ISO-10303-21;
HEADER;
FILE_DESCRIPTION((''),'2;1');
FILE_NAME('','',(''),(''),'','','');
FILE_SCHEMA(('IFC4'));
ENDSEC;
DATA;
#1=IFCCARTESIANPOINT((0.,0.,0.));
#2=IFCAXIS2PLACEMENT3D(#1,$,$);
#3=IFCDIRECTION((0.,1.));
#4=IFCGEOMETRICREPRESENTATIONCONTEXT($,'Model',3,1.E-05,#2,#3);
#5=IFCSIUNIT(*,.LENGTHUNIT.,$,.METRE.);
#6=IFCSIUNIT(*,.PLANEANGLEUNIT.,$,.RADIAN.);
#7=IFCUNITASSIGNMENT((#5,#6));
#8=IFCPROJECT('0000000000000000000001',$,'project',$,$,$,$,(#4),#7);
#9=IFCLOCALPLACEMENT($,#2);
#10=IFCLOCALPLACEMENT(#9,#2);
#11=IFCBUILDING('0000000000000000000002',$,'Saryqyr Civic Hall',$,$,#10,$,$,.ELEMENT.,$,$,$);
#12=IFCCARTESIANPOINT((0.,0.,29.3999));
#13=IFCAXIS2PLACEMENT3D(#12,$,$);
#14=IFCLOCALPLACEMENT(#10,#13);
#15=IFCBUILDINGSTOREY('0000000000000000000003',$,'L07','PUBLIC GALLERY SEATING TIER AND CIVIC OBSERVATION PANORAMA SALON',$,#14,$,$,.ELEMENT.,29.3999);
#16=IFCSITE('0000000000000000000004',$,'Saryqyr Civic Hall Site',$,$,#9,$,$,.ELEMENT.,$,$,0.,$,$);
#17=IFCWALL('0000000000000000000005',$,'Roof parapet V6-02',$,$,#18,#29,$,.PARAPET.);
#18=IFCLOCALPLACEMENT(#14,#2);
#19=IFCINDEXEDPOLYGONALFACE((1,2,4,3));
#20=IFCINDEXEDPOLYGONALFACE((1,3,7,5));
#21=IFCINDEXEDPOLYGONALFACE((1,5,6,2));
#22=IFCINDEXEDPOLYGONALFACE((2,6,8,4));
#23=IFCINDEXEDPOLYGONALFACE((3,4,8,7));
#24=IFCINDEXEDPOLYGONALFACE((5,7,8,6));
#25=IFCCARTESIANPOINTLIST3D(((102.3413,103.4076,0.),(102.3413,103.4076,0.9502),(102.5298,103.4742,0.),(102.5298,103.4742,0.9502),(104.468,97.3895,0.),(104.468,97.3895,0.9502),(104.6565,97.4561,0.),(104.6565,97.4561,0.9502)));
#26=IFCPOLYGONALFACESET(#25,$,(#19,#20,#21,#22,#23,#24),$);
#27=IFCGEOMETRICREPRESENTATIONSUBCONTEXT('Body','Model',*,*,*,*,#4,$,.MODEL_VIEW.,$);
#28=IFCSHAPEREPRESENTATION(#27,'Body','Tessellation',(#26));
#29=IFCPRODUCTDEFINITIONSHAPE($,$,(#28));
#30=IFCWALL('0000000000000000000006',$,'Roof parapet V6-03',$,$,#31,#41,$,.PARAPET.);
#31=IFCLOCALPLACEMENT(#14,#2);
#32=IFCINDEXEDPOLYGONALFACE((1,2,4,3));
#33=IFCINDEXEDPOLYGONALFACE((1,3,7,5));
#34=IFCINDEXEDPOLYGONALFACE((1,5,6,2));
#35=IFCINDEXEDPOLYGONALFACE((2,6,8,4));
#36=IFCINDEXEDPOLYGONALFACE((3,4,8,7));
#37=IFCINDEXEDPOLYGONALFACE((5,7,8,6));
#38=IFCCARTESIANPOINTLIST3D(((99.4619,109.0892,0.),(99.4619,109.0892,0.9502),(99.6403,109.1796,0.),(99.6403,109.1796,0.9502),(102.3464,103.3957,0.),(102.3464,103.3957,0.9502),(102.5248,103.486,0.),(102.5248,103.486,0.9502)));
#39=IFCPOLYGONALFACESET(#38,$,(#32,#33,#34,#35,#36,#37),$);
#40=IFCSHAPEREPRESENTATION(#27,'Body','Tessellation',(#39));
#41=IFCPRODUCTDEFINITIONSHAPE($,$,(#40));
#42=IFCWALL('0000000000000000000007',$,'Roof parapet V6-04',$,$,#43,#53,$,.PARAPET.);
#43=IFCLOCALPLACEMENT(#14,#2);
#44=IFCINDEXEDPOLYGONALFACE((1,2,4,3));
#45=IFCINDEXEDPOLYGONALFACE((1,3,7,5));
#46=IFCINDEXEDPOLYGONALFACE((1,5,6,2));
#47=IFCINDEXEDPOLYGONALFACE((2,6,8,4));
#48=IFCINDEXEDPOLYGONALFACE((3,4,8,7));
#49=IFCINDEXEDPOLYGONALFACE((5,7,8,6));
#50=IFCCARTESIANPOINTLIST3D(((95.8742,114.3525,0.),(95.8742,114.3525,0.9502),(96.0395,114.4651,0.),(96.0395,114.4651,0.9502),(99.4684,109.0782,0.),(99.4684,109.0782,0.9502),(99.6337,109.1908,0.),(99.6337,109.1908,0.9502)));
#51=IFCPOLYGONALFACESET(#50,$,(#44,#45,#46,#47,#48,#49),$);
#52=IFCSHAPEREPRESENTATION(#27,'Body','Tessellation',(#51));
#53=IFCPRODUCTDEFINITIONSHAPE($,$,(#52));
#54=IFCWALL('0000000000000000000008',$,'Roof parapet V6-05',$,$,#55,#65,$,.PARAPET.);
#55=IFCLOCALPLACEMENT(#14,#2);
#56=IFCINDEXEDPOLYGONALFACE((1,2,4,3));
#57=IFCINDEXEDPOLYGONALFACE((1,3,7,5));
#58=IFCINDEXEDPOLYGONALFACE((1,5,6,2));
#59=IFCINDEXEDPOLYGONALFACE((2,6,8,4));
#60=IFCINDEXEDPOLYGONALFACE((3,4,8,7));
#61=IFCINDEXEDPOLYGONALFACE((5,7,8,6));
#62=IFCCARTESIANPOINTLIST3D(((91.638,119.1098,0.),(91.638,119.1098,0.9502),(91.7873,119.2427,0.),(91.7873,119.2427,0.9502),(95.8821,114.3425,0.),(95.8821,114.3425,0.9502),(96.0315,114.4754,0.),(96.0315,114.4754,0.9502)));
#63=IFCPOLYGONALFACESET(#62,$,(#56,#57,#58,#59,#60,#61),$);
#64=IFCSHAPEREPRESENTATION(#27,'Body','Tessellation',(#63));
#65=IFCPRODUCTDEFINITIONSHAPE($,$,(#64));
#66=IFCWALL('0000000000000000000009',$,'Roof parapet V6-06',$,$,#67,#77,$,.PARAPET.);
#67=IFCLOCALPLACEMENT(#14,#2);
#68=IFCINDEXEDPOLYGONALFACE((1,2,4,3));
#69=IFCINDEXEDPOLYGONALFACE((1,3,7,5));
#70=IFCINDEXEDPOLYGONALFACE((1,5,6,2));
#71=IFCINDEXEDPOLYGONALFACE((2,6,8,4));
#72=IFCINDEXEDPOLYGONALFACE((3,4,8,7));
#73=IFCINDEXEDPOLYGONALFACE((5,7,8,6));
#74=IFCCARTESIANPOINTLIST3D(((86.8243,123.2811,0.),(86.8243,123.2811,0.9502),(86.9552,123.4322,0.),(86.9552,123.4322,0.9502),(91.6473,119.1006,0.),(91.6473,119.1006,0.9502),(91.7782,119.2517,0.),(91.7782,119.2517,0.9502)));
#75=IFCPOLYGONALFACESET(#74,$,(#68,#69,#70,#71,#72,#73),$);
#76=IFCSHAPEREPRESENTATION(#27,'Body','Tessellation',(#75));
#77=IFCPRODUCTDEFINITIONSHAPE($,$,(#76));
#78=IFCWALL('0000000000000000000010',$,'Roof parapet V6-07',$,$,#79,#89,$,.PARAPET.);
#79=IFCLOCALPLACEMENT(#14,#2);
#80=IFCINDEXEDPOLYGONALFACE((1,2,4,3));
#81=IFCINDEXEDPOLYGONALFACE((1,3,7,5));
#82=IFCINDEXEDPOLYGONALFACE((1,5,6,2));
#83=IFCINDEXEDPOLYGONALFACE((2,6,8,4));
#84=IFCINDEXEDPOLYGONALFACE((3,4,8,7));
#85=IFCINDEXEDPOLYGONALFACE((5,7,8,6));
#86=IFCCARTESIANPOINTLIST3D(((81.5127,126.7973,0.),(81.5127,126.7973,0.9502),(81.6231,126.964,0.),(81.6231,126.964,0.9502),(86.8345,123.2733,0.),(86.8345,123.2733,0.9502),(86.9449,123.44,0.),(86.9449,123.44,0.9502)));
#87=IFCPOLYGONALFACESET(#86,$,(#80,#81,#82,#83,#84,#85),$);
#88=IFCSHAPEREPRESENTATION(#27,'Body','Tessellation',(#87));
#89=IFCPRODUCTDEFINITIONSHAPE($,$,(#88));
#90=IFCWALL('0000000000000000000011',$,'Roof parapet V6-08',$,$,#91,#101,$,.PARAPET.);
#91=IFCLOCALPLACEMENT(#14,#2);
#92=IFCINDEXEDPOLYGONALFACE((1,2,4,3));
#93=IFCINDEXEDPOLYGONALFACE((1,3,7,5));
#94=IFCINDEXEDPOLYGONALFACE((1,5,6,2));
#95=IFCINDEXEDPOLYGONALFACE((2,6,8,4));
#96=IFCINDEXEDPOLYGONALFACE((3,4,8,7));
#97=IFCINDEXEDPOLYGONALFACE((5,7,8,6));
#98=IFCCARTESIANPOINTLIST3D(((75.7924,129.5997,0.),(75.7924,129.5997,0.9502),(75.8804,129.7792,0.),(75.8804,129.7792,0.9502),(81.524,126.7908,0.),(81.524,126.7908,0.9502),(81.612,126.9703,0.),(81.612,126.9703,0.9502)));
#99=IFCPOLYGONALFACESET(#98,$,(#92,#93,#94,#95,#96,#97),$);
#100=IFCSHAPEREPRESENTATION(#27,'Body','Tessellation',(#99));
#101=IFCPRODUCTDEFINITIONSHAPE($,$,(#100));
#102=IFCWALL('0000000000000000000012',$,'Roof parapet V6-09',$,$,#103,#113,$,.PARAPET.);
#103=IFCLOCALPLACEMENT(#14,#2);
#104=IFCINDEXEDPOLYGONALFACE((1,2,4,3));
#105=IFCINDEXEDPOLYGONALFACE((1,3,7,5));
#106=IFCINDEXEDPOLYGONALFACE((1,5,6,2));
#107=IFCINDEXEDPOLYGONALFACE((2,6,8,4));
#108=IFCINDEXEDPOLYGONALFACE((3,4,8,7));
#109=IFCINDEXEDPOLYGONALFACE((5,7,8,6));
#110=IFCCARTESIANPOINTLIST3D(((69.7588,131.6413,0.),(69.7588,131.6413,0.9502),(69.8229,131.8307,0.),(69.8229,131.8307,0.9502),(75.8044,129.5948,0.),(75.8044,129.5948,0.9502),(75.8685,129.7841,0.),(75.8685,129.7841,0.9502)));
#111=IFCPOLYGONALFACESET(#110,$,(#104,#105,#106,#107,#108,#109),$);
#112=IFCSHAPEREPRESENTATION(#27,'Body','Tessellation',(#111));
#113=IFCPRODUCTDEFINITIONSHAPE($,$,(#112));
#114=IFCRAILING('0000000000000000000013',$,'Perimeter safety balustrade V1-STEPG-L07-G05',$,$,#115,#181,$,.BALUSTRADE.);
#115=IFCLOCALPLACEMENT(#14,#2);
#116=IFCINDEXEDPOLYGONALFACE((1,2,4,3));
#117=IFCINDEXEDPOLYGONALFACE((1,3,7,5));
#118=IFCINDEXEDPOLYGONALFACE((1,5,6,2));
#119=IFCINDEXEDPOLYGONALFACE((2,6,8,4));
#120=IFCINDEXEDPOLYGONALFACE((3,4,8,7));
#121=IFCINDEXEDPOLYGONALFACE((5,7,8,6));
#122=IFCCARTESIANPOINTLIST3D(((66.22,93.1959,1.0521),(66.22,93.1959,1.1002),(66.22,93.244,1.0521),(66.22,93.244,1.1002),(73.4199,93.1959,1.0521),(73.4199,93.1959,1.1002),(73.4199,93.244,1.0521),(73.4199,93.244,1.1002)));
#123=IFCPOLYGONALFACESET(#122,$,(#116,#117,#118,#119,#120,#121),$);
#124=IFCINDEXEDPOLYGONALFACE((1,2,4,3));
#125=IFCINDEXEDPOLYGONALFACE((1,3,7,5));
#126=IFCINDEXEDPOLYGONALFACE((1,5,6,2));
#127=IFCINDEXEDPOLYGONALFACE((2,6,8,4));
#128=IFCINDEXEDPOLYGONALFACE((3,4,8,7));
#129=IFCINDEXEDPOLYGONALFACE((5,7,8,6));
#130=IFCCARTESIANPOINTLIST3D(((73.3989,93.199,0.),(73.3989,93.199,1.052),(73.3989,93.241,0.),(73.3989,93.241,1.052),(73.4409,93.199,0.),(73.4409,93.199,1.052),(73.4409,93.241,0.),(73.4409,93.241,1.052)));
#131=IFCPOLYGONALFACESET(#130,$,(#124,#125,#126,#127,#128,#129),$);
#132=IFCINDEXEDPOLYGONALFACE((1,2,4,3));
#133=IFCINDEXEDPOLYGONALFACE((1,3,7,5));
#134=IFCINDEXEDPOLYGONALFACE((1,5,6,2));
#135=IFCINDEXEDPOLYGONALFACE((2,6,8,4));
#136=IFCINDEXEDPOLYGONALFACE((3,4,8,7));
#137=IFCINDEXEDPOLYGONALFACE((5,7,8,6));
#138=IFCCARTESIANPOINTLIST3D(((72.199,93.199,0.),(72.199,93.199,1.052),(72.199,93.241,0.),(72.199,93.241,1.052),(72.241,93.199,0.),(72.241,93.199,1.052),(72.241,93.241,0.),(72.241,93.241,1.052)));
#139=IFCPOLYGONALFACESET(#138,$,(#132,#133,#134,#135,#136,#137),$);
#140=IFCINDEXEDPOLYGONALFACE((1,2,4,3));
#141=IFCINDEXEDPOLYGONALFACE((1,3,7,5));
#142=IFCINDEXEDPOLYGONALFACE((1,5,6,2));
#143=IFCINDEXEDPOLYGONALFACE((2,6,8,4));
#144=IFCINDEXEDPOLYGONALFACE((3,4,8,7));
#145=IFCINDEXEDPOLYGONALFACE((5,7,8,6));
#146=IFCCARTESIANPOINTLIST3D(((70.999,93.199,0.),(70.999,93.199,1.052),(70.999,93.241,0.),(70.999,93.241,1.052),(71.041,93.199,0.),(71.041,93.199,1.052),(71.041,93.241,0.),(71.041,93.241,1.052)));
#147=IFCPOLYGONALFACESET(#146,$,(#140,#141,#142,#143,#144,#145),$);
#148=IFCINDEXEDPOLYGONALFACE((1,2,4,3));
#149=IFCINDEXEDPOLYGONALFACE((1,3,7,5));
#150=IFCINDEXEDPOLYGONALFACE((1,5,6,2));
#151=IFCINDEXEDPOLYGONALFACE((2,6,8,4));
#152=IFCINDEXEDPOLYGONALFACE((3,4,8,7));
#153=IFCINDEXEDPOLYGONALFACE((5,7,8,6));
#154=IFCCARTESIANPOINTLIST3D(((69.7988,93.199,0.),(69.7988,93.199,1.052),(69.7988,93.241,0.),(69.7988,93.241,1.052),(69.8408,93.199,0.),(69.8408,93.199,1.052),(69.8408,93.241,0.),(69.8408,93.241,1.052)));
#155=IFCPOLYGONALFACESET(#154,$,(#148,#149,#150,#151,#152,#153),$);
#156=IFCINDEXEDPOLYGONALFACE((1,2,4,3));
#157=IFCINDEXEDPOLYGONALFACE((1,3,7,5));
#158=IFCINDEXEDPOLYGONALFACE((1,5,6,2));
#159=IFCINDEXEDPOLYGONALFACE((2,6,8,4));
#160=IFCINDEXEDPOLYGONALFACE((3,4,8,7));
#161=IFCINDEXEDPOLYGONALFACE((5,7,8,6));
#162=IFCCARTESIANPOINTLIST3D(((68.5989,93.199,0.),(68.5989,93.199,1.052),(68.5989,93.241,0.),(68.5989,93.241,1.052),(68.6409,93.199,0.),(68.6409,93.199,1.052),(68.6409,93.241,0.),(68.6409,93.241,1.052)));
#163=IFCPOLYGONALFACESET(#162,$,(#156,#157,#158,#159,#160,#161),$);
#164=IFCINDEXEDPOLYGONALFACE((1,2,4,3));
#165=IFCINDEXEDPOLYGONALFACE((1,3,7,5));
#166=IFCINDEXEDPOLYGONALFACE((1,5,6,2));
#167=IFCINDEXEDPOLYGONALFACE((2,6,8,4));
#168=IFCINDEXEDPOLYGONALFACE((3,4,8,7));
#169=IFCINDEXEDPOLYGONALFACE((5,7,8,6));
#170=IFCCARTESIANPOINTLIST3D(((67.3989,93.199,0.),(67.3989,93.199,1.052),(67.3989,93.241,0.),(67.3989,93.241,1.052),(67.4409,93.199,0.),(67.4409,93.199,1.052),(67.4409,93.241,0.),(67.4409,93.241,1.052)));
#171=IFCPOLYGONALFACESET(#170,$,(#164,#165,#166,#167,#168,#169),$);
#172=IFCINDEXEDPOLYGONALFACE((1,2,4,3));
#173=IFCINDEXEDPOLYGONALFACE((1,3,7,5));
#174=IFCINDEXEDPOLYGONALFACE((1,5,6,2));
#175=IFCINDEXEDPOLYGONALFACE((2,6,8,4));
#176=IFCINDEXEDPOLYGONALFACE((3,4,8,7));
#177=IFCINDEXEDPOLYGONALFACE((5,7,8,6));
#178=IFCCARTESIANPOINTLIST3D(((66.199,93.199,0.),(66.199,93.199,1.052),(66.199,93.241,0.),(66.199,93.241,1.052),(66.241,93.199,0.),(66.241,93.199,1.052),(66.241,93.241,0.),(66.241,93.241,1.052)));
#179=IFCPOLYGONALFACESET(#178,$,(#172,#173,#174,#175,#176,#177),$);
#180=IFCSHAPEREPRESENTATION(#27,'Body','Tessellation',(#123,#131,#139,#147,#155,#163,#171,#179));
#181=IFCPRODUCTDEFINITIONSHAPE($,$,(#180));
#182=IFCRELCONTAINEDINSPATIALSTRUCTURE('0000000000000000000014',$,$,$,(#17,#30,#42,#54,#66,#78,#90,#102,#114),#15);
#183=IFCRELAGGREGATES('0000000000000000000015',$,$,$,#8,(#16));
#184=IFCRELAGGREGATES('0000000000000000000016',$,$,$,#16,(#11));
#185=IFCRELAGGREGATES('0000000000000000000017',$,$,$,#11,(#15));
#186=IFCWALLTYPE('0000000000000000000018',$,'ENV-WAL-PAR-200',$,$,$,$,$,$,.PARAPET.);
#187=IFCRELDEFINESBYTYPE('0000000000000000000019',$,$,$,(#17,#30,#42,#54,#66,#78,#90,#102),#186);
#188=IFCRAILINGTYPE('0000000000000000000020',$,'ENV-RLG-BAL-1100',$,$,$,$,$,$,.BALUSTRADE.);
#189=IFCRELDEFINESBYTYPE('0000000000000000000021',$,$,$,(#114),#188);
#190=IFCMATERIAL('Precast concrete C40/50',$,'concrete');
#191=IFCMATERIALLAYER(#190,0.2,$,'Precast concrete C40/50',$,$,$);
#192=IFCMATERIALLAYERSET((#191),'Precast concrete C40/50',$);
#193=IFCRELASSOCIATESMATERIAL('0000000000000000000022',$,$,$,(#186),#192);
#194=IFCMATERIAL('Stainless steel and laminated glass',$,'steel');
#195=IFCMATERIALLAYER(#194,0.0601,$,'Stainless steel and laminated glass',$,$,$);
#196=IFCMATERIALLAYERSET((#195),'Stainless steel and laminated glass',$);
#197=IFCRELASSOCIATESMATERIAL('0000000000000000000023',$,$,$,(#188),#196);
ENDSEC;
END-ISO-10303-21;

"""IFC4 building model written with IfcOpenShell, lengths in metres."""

from ifc_helpers import new_model, si_unit, direction, frame, frame_2d, origin, origin_2d, place, context, subcontext, project, spatial, rectangle, extrude, material, layer, layer_set, type_object, element, save


model = new_model("IFC4")

# Units and contexts
model_context = context("Model", 3, precision=1e-05, world=origin(), true_north=direction((0.0, 1.0)))
body_context = subcontext(model_context, "Body", "Model", "MODEL_VIEW")
ifc_project = project(units=[si_unit("LENGTHUNIT", "METRE"), si_unit("PLANEANGLEUNIT", "RADIAN")], contexts=[model_context])

# Site, building, storey
site_placement = place(None, origin())
site = spatial("IfcSite", under=ifc_project, at=site_placement, Name="Saryqyr Civic Hall Site", CompositionType="ELEMENT", RefElevation=0.0)
building_placement = place(site_placement, origin())
building = spatial("IfcBuilding", under=site, at=building_placement, Name="Saryqyr Civic Hall", CompositionType="ELEMENT")
storey_placement = place(building_placement, frame((0.0, 0.0, 29.3999)))
storey = spatial("IfcBuildingStorey", under=building, at=storey_placement, Name="L07", Description="PUBLIC GALLERY SEATING TIER AND CIVIC OBSERVATION PANORAMA SALON", CompositionType="ELEMENT", Elevation=29.3999)

# Shared definitions
ifc_material_1 = material(Name="Precast concrete C40/50", Category="concrete")

# Walls
ifc_layer_1 = layer(ifc_material_1, 0.2, Name="Precast concrete C40/50")
ifc_layer_set_1 = layer_set([ifc_layer_1], Name="Precast concrete C40/50")
wall_type_1 = type_object("IfcWallType", Name="ENV-WAL-PAR-200", PredefinedType="PARAPET", material=ifc_layer_set_1)
for number, where, z_axis, x_axis, name in (
    (1, (102.4355, 103.4409, 0.0), (0.0, 0.0, 1.0), (0.333194, -0.942858, 0.0), "Roof parapet V6-02"),
):
    element("IfcWall", number, at=place(storey_placement, frame(where, z_axis=z_axis, x_axis=x_axis)), inside=storey, type_object=wall_type_1, Name=name, PredefinedType="PARAPET", context=body_context, shape_type="SweptSolid", body=[
        extrude(rectangle(XDim=6.3828, YDim=0.2, at=frame_2d((3.1914, 0.0))), origin(), (0.0, 0.0, 1.0), 0.9502),
    ])
for number, where, z_axis, x_axis, name in (
    (2, (99.551, 109.1345, 0.0), (0.0, 0.0, 1.0), (0.451935, -0.892051, 0.0), "Roof parapet V6-03"),
    (3, (95.9568, 114.4089, 0.0), (0.0, 0.0, 1.0), (0.563128, -0.82637, 0.0), "Roof parapet V6-04"),
):
    element("IfcWall", number, at=place(storey_placement, frame(where, z_axis=z_axis, x_axis=x_axis)), inside=storey, type_object=wall_type_1, Name=name, PredefinedType="PARAPET", context=body_context, shape_type="SweptSolid", body=[
        extrude(rectangle(XDim=6.3826, YDim=0.2, at=frame_2d((3.1914, 0.0))), origin(), (0.0, 0.0, 1.0), 0.9502),
    ])
wall_1_placement = place(storey_placement, frame((91.7126, 119.1763, 0.0), z_axis=(0.0, 0.0, 1.0), x_axis=(0.664933, -0.746903, 0.0)))
element("IfcWall", 4, at=wall_1_placement, inside=storey, type_object=wall_type_1, Name="Roof parapet V6-05", PredefinedType="PARAPET", context=body_context, shape_type="SweptSolid", body=[
    extrude(rectangle(XDim=6.3828, YDim=0.2, at=frame_2d((3.1914, 0.0))), origin(), (0.0, 0.0, 1.0), 0.9502),
])
wall_2_placement = place(storey_placement, frame((86.8896, 123.3567, 0.0), z_axis=(0.0, 0.0, 1.0), x_axis=(0.755651, -0.654974, 0.0)))
element("IfcWall", 5, at=wall_2_placement, inside=storey, type_object=wall_type_1, Name="Roof parapet V6-06", PredefinedType="PARAPET", context=body_context, shape_type="SweptSolid", body=[
    extrude(rectangle(XDim=6.3826, YDim=0.2, at=frame_2d((3.1914, 0.0))), origin(), (0.0, 0.0, 1.0), 0.9502),
])
for number, where, z_axis, x_axis, name in (
    (6, (81.5679, 126.8806, 0.0), (0.0, 0.0, 1.0), (0.833776, -0.552102, 0.0), "Roof parapet V6-07"),
    (7, (75.8364, 129.6895, 0.0), (0.0, 0.0, 1.0), (0.897964, -0.44007, 0.0), "Roof parapet V6-08"),
):
    element("IfcWall", number, at=place(storey_placement, frame(where, z_axis=z_axis, x_axis=x_axis)), inside=storey, type_object=wall_type_1, Name=name, PredefinedType="PARAPET", context=body_context, shape_type="SweptSolid", body=[
        extrude(rectangle(XDim=6.3828, YDim=0.2, at=frame_2d((3.1914, 0.0))), origin(), (0.0, 0.0, 1.0), 0.9502),
    ])
wall_3_placement = place(storey_placement, frame((69.7908, 131.7361, 0.0), z_axis=(0.0, 0.0, 1.0), x_axis=(0.947196, -0.320654, 0.0)))
element("IfcWall", 8, at=wall_3_placement, inside=storey, type_object=wall_type_1, Name="Roof parapet V6-09", PredefinedType="PARAPET", context=body_context, shape_type="SweptSolid", body=[
    extrude(rectangle(XDim=6.3826, YDim=0.2, at=frame_2d((3.1914, 0.0))), origin(), (0.0, 0.0, 1.0), 0.9502),
])

# Railing
ifc_material_2 = material(Name="Stainless steel and laminated glass", Category="steel")
ifc_layer_2 = layer(ifc_material_2, 0.0601, Name="Stainless steel and laminated glass")
ifc_layer_set_2 = layer_set([ifc_layer_2], Name="Stainless steel and laminated glass")
railing_type = type_object("IfcRailingType", Name="ENV-RLG-BAL-1100", PredefinedType="BALUSTRADE", material=ifc_layer_set_2)
railing_1_placement = place(storey_placement, frame((73.4199, 93.22, 0.0)))
element("IfcRailing", 9, at=railing_1_placement, inside=storey, type_object=railing_type, Name="Perimeter safety balustrade V1-STEPG-L07-G05", PredefinedType="BALUSTRADE", context=body_context, shape_type="SweptSolid", body=[
    extrude(rectangle(XDim=0.0481, YDim=0.0481, at=origin_2d()), frame((0.0, 0.0, 1.0762), z_axis=(-1.0, 0.0, 0.0), x_axis=(0.0, -1.0, 0.0)), (0.0, 0.0, 1.0), 7.2),
    extrude(rectangle(XDim=0.042, YDim=0.042, at=origin_2d()), origin(), (0.0, 0.0, 1.0), 1.052),
    extrude(rectangle(XDim=0.042, YDim=0.042, at=origin_2d()), frame((-1.2, 0.0, 0.0)), (0.0, 0.0, 1.0), 1.052),
    extrude(rectangle(XDim=0.042, YDim=0.042, at=origin_2d()), frame((-2.3999, 0.0, 0.0)), (0.0, 0.0, 1.0), 1.052),
    extrude(rectangle(XDim=0.042, YDim=0.042, at=origin_2d()), frame((-3.6001, 0.0, 0.0)), (0.0, 0.0, 1.0), 1.052),
    extrude(rectangle(XDim=0.042, YDim=0.042, at=origin_2d()), frame((-4.8, 0.0, 0.0)), (0.0, 0.0, 1.0), 1.052),
    extrude(rectangle(XDim=0.042, YDim=0.042, at=origin_2d()), frame((-6.0, 0.0, 0.0)), (0.0, 0.0, 1.0), 1.052),
    extrude(rectangle(XDim=0.042, YDim=0.042, at=origin_2d()), frame((-7.2, 0.0, 0.0)), (0.0, 0.0, 1.0), 1.052),
])

save(model, "model.ifc")
